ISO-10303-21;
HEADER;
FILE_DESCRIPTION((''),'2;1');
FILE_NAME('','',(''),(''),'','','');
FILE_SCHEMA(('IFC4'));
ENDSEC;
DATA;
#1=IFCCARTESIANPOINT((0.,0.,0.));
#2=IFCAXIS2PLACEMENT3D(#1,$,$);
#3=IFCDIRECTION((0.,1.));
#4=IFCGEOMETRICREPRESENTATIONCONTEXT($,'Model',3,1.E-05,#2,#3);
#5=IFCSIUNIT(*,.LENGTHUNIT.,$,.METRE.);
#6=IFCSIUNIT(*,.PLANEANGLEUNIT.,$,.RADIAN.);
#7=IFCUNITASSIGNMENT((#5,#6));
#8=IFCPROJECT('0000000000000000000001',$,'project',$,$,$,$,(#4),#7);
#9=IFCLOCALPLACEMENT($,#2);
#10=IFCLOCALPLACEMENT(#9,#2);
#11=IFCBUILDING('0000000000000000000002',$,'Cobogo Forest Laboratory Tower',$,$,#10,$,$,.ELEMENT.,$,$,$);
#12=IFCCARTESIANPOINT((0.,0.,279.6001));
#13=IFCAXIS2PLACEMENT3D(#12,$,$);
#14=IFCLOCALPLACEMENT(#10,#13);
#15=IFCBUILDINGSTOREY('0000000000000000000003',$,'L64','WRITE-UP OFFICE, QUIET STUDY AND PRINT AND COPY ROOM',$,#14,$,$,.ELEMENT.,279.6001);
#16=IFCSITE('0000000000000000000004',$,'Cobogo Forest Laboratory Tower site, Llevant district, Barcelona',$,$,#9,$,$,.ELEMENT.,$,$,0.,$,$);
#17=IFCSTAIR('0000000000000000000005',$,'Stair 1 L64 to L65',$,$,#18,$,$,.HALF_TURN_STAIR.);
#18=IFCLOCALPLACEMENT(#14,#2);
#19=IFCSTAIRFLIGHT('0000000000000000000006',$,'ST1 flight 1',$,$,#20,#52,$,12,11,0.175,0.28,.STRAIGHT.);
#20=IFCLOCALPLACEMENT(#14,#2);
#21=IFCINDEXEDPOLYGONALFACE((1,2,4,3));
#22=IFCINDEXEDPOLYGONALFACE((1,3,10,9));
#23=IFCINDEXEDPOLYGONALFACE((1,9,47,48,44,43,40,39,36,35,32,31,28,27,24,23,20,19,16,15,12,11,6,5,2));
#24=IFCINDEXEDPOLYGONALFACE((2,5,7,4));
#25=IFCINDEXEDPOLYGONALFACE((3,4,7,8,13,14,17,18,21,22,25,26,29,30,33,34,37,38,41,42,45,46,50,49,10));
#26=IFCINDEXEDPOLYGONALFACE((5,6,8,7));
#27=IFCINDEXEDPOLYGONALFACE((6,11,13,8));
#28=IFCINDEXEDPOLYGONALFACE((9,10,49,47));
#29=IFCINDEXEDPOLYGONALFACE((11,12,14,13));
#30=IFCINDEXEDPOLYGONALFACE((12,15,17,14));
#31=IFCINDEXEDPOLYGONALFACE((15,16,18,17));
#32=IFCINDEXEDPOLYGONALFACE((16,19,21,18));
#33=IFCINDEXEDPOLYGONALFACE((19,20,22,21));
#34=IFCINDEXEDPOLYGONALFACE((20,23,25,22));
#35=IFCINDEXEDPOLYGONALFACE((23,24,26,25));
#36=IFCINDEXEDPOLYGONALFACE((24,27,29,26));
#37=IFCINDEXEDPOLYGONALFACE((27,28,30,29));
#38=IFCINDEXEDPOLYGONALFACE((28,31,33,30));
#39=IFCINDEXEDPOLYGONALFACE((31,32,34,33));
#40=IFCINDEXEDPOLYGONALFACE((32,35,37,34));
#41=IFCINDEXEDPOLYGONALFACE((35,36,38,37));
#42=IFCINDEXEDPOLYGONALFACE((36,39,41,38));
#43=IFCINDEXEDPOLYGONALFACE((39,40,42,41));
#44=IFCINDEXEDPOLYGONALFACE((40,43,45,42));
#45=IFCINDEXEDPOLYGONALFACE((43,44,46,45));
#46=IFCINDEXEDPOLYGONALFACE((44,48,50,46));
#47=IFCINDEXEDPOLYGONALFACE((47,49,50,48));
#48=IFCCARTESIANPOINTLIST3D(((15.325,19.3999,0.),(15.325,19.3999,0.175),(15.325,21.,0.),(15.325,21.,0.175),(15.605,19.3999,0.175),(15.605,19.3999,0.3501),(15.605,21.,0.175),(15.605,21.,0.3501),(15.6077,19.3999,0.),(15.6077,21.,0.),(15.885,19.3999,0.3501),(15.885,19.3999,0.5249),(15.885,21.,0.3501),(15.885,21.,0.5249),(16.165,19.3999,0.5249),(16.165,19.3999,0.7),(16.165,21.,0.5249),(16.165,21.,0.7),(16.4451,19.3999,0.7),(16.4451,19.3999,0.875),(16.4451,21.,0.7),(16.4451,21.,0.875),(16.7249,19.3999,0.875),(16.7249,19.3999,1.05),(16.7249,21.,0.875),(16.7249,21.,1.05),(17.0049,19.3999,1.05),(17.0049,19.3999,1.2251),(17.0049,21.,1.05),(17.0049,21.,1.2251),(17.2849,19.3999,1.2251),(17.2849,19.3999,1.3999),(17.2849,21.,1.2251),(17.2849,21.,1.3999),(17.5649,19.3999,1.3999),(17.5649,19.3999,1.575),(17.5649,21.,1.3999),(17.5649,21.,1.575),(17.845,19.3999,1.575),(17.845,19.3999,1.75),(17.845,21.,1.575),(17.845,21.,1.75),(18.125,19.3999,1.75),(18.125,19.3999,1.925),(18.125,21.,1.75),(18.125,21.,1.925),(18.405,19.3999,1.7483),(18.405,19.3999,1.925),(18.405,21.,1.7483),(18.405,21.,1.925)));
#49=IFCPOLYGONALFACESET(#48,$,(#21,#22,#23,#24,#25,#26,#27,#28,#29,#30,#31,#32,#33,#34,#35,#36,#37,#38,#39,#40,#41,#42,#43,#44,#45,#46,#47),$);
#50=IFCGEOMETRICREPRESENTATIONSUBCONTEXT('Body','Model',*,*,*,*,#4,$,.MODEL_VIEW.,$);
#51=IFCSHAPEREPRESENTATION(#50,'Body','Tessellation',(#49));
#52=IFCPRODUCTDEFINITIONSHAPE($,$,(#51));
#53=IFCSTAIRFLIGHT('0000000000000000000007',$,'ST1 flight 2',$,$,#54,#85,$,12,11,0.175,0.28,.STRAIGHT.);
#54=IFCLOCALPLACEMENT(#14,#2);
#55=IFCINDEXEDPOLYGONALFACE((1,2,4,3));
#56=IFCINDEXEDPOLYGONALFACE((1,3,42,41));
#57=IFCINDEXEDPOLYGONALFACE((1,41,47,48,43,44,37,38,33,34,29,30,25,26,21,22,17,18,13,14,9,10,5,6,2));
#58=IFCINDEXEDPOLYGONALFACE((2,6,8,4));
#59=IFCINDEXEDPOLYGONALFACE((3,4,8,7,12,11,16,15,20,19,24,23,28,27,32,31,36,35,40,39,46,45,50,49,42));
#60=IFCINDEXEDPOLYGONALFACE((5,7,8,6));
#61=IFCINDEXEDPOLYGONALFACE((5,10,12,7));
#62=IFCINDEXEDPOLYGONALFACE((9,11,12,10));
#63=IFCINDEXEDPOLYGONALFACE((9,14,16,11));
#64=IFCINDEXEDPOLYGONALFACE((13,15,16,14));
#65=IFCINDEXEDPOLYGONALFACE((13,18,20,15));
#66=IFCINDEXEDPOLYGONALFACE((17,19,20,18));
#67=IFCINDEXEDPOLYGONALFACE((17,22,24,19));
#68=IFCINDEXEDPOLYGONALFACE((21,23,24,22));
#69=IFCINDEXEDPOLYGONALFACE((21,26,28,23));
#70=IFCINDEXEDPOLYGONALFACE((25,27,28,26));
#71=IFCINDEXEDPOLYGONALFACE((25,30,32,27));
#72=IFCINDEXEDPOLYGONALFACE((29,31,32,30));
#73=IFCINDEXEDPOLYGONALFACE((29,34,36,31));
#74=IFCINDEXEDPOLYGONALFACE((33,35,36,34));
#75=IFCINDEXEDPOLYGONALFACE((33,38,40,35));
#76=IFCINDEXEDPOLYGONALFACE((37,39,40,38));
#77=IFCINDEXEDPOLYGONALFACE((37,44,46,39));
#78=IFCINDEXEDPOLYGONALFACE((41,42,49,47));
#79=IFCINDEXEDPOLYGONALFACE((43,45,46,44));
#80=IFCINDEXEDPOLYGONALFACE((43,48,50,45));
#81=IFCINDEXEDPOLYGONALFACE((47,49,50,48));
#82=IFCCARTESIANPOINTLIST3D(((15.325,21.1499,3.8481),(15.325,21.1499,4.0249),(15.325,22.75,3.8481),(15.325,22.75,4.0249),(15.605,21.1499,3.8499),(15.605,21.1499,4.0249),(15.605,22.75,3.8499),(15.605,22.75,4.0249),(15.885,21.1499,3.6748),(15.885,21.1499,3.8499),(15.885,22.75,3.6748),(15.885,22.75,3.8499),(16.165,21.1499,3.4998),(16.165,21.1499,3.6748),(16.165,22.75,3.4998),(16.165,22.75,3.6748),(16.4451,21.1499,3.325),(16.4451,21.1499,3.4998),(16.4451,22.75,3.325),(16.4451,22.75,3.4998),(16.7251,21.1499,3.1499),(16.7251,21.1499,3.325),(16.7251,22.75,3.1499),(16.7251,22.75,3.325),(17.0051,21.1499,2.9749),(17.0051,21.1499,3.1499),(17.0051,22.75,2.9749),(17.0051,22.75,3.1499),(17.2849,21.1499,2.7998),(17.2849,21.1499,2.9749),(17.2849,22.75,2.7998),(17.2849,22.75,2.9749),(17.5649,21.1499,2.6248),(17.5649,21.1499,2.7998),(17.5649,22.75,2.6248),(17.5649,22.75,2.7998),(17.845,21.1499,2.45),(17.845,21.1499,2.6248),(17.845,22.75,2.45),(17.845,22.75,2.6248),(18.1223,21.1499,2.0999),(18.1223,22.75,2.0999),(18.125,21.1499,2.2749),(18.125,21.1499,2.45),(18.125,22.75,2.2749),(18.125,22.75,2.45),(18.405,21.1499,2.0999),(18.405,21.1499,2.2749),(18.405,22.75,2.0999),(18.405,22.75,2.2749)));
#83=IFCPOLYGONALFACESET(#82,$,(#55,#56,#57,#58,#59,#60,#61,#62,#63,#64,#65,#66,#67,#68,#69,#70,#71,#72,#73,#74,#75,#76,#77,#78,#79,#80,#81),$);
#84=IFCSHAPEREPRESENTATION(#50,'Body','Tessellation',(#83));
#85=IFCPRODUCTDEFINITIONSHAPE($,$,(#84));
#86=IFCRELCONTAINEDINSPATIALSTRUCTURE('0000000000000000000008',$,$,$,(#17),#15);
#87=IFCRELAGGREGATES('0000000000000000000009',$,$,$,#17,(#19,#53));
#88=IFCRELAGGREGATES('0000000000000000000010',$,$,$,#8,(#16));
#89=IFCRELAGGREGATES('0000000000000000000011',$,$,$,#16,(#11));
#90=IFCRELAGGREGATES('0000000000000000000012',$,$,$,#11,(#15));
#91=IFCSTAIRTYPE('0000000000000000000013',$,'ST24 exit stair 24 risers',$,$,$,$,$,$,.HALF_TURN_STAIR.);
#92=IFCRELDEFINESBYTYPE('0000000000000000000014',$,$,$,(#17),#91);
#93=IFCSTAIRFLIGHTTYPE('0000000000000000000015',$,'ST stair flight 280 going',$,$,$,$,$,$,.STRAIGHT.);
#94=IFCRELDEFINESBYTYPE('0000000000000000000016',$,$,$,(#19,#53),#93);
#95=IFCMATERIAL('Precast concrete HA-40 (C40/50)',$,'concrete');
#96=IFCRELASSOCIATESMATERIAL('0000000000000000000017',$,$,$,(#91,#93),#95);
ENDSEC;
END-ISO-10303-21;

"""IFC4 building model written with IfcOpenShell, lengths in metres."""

from ifc_helpers import new_model, si_unit, direction, frame, origin, place, context, subcontext, project, spatial, polyline, outline, extrude, material, type_object, element, aggregate, save


model = new_model("IFC4")

# Units and contexts
model_context = context("Model", 3, precision=1e-05, world=origin(), true_north=direction((0.0, 1.0)))
body_context = subcontext(model_context, "Body", "Model", "MODEL_VIEW")
ifc_project = project(units=[si_unit("LENGTHUNIT", "METRE"), si_unit("PLANEANGLEUNIT", "RADIAN")], contexts=[model_context])

# Site, building, storey
site_placement = place(None, origin())
site = spatial("IfcSite", under=ifc_project, at=site_placement, Name="Cobogo Forest Laboratory Tower site, Llevant district, Barcelona", CompositionType="ELEMENT", RefElevation=0.0)
building_placement = place(site_placement, origin())
building = spatial("IfcBuilding", under=site, at=building_placement, Name="Cobogo Forest Laboratory Tower", CompositionType="ELEMENT")
storey_placement = place(building_placement, frame((0.0, 0.0, 279.6001)))
storey = spatial("IfcBuildingStorey", under=building, at=storey_placement, Name="L64", Description="WRITE-UP OFFICE, QUIET STUDY AND PRINT AND COPY ROOM", CompositionType="ELEMENT", Elevation=279.6001)

# Stair, stair flights
ifc_material_1 = material(Name="Precast concrete HA-40 (C40/50)", Category="concrete")
stair_type = type_object("IfcStairType", Name="ST24 exit stair 24 risers", PredefinedType="HALF_TURN_STAIR", material=ifc_material_1)
stair_placement = place(storey_placement, origin())
stair = element("IfcStair", 1, at=stair_placement, inside=storey, type_object=stair_type, Name="Stair 1 L64 to L65", PredefinedType="HALF_TURN_STAIR")
stair_flight_type = type_object("IfcStairFlightType", Name="ST stair flight 280 going", PredefinedType="STRAIGHT", material=ifc_material_1)
stair_flight_1_placement = place(storey_placement, frame((15.325, 20.2, 0.0), z_axis=(0.0, 0.0, 1.0), x_axis=(1.0, 0.0, 0.0)))
stair_flight_1 = element("IfcStairFlight", 2, at=stair_flight_1_placement, type_object=stair_flight_type, Name="ST1 flight 1", NumberOfRisers=12, NumberOfTreads=11, PredefinedType="STRAIGHT", RiserHeight=0.175, TreadLength=0.28, context=body_context, shape_type="SweptSolid", body=[
    extrude(outline(polyline([(0.0, 0.0), (0.0, 0.175), (0.28, 0.175), (0.28, 0.3501), (0.5601, 0.3501), (0.5601, 0.5249), (0.8401, 0.5249), (0.8401, 0.7), (1.1201, 0.7), (1.1201, 0.875), (1.3999, 0.875), (1.3999, 1.05), (1.6799, 1.05), (1.6799, 1.2251), (1.96, 1.2251), (1.96, 1.3999), (2.24, 1.3999), (2.24, 1.575), (2.52, 1.575), (2.52, 1.75), (2.8, 1.75), (2.8, 1.925), (3.0801, 1.925), (3.0801, 2.1001), (3.0801, 1.7483), (0.2827, 0.0), (0.0, 0.0)])), frame((0.0, 0.8, 0.0), z_axis=(0.0, -1.0, 0.0), x_axis=(1.0, 0.0, 0.0)), (0.0, 0.0, 1.0), 1.6001),
])
stair_flight_2_placement = place(storey_placement, frame((18.405, 21.95, 2.0999), z_axis=(0.0, 0.0, 1.0), x_axis=(-1.0, 0.0, 0.0)))
stair_flight_2 = element("IfcStairFlight", 3, at=stair_flight_2_placement, type_object=stair_flight_type, Name="ST1 flight 2", NumberOfRisers=12, NumberOfTreads=11, PredefinedType="STRAIGHT", RiserHeight=0.175, TreadLength=0.28, context=body_context, shape_type="SweptSolid", body=[
    extrude(outline(polyline([(0.0, 0.0), (0.0, 0.175), (0.28, 0.175), (0.28, 0.3501), (0.5601, 0.3501), (0.5601, 0.5249), (0.8401, 0.5249), (0.8401, 0.7), (1.1201, 0.7), (1.1201, 0.875), (1.3999, 0.875), (1.3999, 1.05), (1.6799, 1.05), (1.6799, 1.2251), (1.96, 1.2251), (1.96, 1.3999), (2.24, 1.3999), (2.24, 1.575), (2.52, 1.575), (2.52, 1.75), (2.8, 1.75), (2.8, 1.925), (3.0801, 1.925), (3.0801, 2.1001), (3.0801, 1.7483), (0.2827, 0.0), (0.0, 0.0)])), frame((0.0, 0.8, 0.0), z_axis=(0.0, -1.0, 0.0), x_axis=(1.0, 0.0, 0.0)), (0.0, 0.0, 1.0), 1.6001),
])
aggregate(stair, [stair_flight_1, stair_flight_2])

save(model, "model.ifc")
